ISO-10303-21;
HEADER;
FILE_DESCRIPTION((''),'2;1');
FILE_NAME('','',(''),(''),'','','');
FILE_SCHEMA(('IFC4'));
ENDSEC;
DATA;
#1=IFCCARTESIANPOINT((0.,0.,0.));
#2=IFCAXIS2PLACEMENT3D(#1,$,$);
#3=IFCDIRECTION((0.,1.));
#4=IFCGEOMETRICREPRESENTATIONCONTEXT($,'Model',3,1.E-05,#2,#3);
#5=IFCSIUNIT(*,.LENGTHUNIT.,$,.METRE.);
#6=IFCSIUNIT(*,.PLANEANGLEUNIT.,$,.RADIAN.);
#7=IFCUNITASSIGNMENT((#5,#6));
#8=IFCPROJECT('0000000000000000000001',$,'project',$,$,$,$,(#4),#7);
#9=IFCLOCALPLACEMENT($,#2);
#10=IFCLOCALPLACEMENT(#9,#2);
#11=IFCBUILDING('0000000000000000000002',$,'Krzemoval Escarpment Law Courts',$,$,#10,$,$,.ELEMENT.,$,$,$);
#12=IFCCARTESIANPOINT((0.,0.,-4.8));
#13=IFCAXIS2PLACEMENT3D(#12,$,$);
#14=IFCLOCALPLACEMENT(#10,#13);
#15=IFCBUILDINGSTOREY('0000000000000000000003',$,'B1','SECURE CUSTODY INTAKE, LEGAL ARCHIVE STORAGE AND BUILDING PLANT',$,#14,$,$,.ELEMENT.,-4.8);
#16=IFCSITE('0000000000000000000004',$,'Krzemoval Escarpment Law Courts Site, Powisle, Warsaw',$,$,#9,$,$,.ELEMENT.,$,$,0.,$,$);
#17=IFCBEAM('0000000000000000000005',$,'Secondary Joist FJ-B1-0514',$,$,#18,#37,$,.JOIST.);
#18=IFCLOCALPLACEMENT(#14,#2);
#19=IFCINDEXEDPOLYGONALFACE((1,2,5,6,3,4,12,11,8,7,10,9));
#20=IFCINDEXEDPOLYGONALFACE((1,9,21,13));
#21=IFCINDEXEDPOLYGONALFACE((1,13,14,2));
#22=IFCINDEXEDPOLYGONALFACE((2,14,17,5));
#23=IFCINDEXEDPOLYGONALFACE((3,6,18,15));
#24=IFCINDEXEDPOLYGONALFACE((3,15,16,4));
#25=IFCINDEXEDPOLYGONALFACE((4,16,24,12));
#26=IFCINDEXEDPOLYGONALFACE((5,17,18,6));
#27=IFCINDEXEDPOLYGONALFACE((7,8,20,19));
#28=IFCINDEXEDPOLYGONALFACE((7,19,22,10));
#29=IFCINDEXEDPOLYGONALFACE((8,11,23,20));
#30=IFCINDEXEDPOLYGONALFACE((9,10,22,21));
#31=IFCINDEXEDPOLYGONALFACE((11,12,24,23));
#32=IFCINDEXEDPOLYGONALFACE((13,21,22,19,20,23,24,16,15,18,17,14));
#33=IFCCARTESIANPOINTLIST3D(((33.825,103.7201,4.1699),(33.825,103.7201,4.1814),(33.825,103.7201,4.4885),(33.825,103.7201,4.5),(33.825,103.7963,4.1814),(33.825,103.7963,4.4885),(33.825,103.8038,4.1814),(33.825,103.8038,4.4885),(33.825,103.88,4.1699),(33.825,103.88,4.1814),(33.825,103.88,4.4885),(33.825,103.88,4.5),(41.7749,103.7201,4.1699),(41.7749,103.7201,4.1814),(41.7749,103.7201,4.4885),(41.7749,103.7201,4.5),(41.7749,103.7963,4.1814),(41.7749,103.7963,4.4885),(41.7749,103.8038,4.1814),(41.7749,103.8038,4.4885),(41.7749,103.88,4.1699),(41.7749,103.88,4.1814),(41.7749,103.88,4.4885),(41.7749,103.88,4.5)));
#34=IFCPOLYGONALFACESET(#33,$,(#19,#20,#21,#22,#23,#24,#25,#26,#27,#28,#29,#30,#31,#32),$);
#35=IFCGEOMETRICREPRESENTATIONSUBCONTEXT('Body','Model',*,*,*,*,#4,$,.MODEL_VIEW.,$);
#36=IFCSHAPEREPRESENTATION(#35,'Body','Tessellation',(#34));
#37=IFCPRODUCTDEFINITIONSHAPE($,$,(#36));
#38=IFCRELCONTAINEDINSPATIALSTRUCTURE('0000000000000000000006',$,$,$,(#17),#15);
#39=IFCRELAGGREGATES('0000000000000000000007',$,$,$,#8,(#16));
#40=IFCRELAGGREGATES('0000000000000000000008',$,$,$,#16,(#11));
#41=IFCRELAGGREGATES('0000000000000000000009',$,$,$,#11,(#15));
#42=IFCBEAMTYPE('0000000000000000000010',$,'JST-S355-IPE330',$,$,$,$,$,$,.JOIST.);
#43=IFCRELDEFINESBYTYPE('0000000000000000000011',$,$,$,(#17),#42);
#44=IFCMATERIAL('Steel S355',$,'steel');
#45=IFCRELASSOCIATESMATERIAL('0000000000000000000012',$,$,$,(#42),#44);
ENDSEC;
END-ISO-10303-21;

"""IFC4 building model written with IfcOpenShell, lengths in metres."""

from ifc_helpers import new_model, si_unit, direction, frame, origin, origin_2d, place, context, subcontext, project, spatial, i_section, extrude, material, material_profile, profile_set, type_object, element, save


model = new_model("IFC4")

# Units and contexts
model_context = context("Model", 3, precision=1e-05, world=origin(), true_north=direction((0.0, 1.0)))
body_context = subcontext(model_context, "Body", "Model", "MODEL_VIEW")
ifc_project = project(units=[si_unit("LENGTHUNIT", "METRE"), si_unit("PLANEANGLEUNIT", "RADIAN")], contexts=[model_context])

# Site, building, storey
site_placement = place(None, origin())
site = spatial("IfcSite", under=ifc_project, at=site_placement, Name="Krzemoval Escarpment Law Courts Site, Powisle, Warsaw", CompositionType="ELEMENT", RefElevation=0.0)
building_placement = place(site_placement, origin())
building = spatial("IfcBuilding", under=site, at=building_placement, Name="Krzemoval Escarpment Law Courts", CompositionType="ELEMENT")
storey_placement = place(building_placement, frame((0.0, 0.0, -4.8)))
storey = spatial("IfcBuildingStorey", under=building, at=storey_placement, Name="B1", Description="SECURE CUSTODY INTAKE, LEGAL ARCHIVE STORAGE AND BUILDING PLANT", CompositionType="ELEMENT", Elevation=-4.8)

# Beam
ifc_material_1 = material(Name="Steel S355", Category="steel")
ifc_material_profile_1 = material_profile(ifc_material_1, i_section(OverallWidth=0.1599, OverallDepth=0.3301, WebThickness=0.0076, FlangeThickness=0.0115, at=origin_2d()), Name="IPE 330")
ifc_profile_set_1 = profile_set([ifc_material_profile_1], Name="Steel S355")
beam_type_1 = type_object("IfcBeamType", Name="JST-S355-IPE330", PredefinedType="JOIST", material=ifc_profile_set_1)
beam_1_placement = place(storey_placement, frame((33.825, 103.8, 4.335), z_axis=(1.0, 0.0, 0.0), x_axis=(0.0, 1.0, 0.0)))
element("IfcBeam", 1, at=beam_1_placement, inside=storey, type_object=beam_type_1, Name="Secondary Joist FJ-B1-0514", PredefinedType="JOIST", context=body_context, shape_type="SweptSolid", body=[
    extrude(i_section(OverallWidth=0.1599, OverallDepth=0.3301, WebThickness=0.0076, FlangeThickness=0.0115, at=origin_2d()), origin(), (0.0, 0.0, 1.0), 7.95),
])

save(model, "model.ifc")
